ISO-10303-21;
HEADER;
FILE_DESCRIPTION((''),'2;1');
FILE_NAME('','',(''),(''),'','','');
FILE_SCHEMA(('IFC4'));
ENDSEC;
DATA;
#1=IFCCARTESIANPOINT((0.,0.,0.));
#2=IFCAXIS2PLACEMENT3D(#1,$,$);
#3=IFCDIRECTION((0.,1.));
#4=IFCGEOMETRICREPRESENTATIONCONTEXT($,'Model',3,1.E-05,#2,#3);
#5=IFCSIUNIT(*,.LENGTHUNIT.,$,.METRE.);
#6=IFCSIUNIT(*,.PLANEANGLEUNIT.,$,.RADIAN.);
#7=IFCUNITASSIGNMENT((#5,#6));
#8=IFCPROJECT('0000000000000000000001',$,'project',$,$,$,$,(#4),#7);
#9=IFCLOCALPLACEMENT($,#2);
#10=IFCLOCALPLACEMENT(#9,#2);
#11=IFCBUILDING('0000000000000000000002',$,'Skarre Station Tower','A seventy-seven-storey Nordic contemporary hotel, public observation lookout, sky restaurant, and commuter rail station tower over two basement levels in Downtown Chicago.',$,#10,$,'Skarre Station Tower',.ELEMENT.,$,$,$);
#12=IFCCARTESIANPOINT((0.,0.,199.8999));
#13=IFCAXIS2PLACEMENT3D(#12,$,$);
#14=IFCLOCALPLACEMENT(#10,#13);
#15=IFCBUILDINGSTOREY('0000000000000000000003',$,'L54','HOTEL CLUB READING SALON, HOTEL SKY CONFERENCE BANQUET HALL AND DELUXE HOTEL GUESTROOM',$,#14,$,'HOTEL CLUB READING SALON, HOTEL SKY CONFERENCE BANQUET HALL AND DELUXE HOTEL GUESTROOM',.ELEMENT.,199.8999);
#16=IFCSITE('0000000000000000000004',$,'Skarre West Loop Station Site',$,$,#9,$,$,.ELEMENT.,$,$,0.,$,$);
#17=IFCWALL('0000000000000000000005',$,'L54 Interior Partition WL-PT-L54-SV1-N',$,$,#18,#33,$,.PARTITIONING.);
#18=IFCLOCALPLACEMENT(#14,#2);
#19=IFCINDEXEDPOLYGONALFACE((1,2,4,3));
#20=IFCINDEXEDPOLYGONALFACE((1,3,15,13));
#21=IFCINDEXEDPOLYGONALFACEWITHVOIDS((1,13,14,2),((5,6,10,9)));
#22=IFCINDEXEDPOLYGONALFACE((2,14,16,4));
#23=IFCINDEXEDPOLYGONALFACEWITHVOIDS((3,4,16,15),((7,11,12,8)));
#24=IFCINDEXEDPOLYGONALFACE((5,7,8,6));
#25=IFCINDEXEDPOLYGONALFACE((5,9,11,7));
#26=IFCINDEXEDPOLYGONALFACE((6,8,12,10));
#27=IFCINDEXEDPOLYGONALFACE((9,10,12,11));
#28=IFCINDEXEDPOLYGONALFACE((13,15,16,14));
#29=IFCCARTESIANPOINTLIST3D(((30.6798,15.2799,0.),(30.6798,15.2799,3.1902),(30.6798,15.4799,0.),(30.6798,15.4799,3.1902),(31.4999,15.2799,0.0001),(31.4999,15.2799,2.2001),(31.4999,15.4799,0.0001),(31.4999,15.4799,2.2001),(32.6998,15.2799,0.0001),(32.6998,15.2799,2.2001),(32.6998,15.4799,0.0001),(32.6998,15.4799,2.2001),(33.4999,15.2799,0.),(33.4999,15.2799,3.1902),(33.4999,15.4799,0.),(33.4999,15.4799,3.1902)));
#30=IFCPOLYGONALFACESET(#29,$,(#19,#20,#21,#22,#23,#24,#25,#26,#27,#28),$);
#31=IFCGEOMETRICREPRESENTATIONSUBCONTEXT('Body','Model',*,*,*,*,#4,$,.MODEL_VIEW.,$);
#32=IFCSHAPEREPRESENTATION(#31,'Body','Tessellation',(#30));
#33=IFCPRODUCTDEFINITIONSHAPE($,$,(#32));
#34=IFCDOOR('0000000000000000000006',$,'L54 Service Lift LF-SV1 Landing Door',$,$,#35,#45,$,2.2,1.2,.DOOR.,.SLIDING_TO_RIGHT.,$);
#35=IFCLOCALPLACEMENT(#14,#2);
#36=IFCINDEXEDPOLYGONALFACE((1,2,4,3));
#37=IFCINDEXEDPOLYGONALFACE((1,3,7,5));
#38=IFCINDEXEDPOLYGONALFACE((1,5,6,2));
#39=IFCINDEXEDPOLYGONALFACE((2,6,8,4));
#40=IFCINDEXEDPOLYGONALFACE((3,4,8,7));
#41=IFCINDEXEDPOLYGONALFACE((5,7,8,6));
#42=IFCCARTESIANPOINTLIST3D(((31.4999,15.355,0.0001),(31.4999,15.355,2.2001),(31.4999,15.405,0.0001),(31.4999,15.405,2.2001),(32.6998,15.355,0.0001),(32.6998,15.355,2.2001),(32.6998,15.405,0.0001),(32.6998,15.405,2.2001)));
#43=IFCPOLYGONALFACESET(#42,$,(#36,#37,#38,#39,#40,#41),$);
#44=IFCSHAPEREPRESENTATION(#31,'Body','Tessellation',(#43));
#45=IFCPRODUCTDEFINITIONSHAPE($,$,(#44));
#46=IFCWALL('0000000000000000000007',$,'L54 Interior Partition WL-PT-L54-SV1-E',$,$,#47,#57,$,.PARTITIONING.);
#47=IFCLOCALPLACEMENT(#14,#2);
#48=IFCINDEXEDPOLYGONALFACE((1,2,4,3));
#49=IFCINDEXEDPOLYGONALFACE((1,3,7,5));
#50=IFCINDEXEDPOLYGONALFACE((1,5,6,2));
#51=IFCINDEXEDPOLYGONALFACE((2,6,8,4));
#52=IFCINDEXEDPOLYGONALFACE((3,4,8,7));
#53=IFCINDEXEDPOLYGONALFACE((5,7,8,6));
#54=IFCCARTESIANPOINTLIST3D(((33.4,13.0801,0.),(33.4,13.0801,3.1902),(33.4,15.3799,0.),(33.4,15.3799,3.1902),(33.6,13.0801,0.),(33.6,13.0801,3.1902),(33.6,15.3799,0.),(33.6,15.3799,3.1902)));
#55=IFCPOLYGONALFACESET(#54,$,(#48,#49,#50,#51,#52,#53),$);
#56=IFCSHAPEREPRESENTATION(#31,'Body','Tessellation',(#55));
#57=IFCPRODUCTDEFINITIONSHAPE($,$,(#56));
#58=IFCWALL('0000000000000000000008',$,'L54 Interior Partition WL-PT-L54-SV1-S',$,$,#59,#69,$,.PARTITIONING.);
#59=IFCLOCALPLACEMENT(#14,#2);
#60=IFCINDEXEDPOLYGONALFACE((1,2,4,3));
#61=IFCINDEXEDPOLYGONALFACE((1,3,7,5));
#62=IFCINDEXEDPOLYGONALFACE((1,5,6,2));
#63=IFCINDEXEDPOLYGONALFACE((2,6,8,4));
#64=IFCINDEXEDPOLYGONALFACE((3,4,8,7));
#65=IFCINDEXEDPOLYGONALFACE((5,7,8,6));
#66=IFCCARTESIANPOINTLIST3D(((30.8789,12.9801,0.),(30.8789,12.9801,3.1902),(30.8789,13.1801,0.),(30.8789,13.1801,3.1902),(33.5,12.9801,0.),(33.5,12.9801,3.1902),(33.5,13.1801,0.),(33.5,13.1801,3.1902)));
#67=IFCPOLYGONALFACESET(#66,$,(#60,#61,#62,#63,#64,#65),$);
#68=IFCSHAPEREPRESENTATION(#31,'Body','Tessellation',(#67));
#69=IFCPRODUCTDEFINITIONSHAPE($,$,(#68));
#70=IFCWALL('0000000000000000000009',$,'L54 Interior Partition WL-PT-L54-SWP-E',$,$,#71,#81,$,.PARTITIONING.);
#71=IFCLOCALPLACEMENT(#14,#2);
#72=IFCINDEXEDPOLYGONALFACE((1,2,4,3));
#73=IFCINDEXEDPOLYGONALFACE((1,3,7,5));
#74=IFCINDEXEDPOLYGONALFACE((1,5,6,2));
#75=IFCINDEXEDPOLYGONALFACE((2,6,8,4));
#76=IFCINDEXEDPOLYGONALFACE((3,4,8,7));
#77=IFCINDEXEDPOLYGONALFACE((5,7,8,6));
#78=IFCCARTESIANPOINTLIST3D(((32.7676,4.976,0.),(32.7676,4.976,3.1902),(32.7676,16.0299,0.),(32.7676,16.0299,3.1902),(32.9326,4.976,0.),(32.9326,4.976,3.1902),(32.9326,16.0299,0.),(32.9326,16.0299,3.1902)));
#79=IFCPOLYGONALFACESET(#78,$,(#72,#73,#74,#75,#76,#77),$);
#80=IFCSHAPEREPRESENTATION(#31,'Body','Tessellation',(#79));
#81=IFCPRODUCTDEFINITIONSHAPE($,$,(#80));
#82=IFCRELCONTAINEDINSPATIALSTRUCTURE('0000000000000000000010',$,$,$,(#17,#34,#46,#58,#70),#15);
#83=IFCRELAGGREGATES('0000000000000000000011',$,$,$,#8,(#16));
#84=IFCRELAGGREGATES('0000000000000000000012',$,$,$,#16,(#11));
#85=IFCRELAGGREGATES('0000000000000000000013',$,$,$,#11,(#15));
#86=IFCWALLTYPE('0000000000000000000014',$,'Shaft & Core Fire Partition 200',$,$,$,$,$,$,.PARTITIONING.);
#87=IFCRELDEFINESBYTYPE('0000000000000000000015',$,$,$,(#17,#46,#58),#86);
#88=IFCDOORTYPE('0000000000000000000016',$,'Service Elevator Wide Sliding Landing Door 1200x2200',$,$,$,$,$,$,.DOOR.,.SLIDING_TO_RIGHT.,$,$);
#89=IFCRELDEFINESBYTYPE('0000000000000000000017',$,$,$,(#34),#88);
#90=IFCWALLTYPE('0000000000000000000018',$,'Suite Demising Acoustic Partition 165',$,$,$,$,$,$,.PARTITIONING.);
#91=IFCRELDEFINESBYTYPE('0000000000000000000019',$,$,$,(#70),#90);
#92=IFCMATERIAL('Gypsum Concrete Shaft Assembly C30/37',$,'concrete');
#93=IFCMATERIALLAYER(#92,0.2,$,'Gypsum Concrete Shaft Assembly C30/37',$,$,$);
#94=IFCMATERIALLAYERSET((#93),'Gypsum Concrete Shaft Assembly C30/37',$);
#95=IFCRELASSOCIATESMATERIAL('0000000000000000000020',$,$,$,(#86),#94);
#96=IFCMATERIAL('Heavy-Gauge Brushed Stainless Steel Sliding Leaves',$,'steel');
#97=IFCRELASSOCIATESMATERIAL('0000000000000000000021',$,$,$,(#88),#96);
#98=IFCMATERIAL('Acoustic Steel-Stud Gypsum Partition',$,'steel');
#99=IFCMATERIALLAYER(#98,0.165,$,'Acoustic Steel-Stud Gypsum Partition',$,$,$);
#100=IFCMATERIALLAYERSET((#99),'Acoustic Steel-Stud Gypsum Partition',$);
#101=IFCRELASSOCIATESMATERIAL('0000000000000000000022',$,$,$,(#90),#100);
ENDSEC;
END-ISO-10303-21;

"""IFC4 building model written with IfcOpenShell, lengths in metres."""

from ifc_helpers import new_model, si_unit, direction, frame, frame_2d, origin, place, context, subcontext, project, spatial, rectangle, extrude, material, layer, layer_set, type_object, element, fill, save


model = new_model("IFC4")

# Units and contexts
model_context = context("Model", 3, precision=1e-05, world=origin(), true_north=direction((0.0, 1.0)))
body_context = subcontext(model_context, "Body", "Model", "MODEL_VIEW")
ifc_project = project(units=[si_unit("LENGTHUNIT", "METRE"), si_unit("PLANEANGLEUNIT", "RADIAN")], contexts=[model_context])

# Site, building, storey
site_placement = place(None, origin())
site = spatial("IfcSite", under=ifc_project, at=site_placement, Name="Skarre West Loop Station Site", CompositionType="ELEMENT", RefElevation=0.0)
building_placement = place(site_placement, origin())
building = spatial("IfcBuilding", under=site, at=building_placement, Name="Skarre Station Tower", Description="A seventy-seven-storey Nordic contemporary hotel, public observation lookout, sky restaurant, and commuter rail station tower over two basement levels in Downtown Chicago.", LongName="Skarre Station Tower", CompositionType="ELEMENT")
storey_placement = place(building_placement, frame((0.0, 0.0, 199.8999)))
storey = spatial("IfcBuildingStorey", under=building, at=storey_placement, Name="L54", Description="HOTEL CLUB READING SALON, HOTEL SKY CONFERENCE BANQUET HALL AND DELUXE HOTEL GUESTROOM", LongName="HOTEL CLUB READING SALON, HOTEL SKY CONFERENCE BANQUET HALL AND DELUXE HOTEL GUESTROOM", CompositionType="ELEMENT", Elevation=199.8999)

# Shared definitions
ifc_material_1 = material(Name="Acoustic Steel-Stud Gypsum Partition", Category="steel")

# Wall, opening, door
ifc_material_2 = material(Name="Gypsum Concrete Shaft Assembly C30/37", Category="concrete")
ifc_layer_1 = layer(ifc_material_2, 0.2, Name="Gypsum Concrete Shaft Assembly C30/37")
ifc_layer_set_1 = layer_set([ifc_layer_1], Name="Gypsum Concrete Shaft Assembly C30/37")
wall_type_1 = type_object("IfcWallType", Name="Shaft & Core Fire Partition 200", PredefinedType="PARTITIONING", material=ifc_layer_set_1)
wall_1_placement = place(storey_placement, frame((33.5, 15.3799, 0.0), z_axis=(0.0, 0.0, 1.0), x_axis=(-1.0, 0.0, 0.0)))
wall_1 = element("IfcWall", 1, at=wall_1_placement, inside=storey, type_object=wall_type_1, Name="L54 Interior Partition WL-PT-L54-SV1-N", PredefinedType="PARTITIONING", context=body_context, shape_type="SweptSolid", body=[
    extrude(rectangle(XDim=2.8201, YDim=0.2, at=frame_2d((1.4102, 0.0))), origin(), (0.0, 0.0, 1.0), 3.1902),
])
opening_1_placement = place(wall_1_placement, frame((0.8, 0.0, 0.0)))
opening_1 = element("IfcOpeningElement", 2, at=opening_1_placement, cuts=wall_1, PredefinedType="OPENING", context=body_context, shape_type="SweptSolid", body=[
    extrude(rectangle(XDim=1.2, YDim=2.2, at=frame_2d((0.6001, 1.1001))), frame((0.0, 0.1099, 0.0), z_axis=(0.0, -1.0, 0.0), x_axis=(1.0, 0.0, 0.0)), (0.0, 0.0, 1.0), 0.22),
])
ifc_material_3 = material(Name="Heavy-Gauge Brushed Stainless Steel Sliding Leaves", Category="steel")
door_type_1 = type_object("IfcDoorType", Name="Service Elevator Wide Sliding Landing Door 1200x2200", OperationType="SLIDING_TO_RIGHT", PredefinedType="DOOR", material=ifc_material_3)
door_1_placement = place(opening_1_placement, origin())
door_1 = element("IfcDoor", 3, at=door_1_placement, inside=storey, type_object=door_type_1, Name="L54 Service Lift LF-SV1 Landing Door", OperationType="SLIDING_TO_RIGHT", OverallHeight=2.2, OverallWidth=1.2, PredefinedType="DOOR", context=body_context, shape_type="SweptSolid", body=[
    extrude(rectangle(XDim=1.2, YDim=2.2, at=frame_2d((0.6001, 1.1001))), frame((0.0, 0.0249, 0.0), z_axis=(0.0, -1.0, 0.0), x_axis=(1.0, 0.0, 0.0)), (0.0, 0.0, 1.0), 0.05),
])
fill(opening_1, door_1)

# Walls
wall_2_placement = place(storey_placement, frame((33.5, 13.0801, 0.0), z_axis=(0.0, 0.0, 1.0), x_axis=(0.0, 1.0, 0.0)))
element("IfcWall", 4, at=wall_2_placement, inside=storey, type_object=wall_type_1, Name="L54 Interior Partition WL-PT-L54-SV1-E", PredefinedType="PARTITIONING", context=body_context, shape_type="SweptSolid", body=[
    extrude(rectangle(XDim=2.2998, YDim=0.2, at=frame_2d((1.1499, 0.0))), origin(), (0.0, 0.0, 1.0), 3.1902),
])
wall_3_placement = place(storey_placement, frame((30.8789, 13.0801, 0.0), z_axis=(0.0, 0.0, 1.0), x_axis=(1.0, 0.0, 0.0)))
element("IfcWall", 5, at=wall_3_placement, inside=storey, type_object=wall_type_1, Name="L54 Interior Partition WL-PT-L54-SV1-S", PredefinedType="PARTITIONING", context=body_context, shape_type="SweptSolid", body=[
    extrude(rectangle(XDim=2.6211, YDim=0.2, at=frame_2d((1.3105, 0.0))), origin(), (0.0, 0.0, 1.0), 3.1902),
])
ifc_layer_2 = layer(ifc_material_1, 0.165, Name="Acoustic Steel-Stud Gypsum Partition")
ifc_layer_set_2 = layer_set([ifc_layer_2], Name="Acoustic Steel-Stud Gypsum Partition")
wall_type_2 = type_object("IfcWallType", Name="Suite Demising Acoustic Partition 165", PredefinedType="PARTITIONING", material=ifc_layer_set_2)
wall_4_placement = place(storey_placement, frame((32.8501, 4.9761, 0.0), z_axis=(0.0, 0.0, 1.0), x_axis=(0.0, 1.0, 0.0)))
element("IfcWall", 6, at=wall_4_placement, inside=storey, type_object=wall_type_2, Name="L54 Interior Partition WL-PT-L54-SWP-E", PredefinedType="PARTITIONING", context=body_context, shape_type="SweptSolid", body=[
    extrude(rectangle(XDim=11.054, YDim=0.165, at=frame_2d((5.5269, 0.0))), origin(), (0.0, 0.0, 1.0), 3.1902),
])

save(model, "model.ifc")
